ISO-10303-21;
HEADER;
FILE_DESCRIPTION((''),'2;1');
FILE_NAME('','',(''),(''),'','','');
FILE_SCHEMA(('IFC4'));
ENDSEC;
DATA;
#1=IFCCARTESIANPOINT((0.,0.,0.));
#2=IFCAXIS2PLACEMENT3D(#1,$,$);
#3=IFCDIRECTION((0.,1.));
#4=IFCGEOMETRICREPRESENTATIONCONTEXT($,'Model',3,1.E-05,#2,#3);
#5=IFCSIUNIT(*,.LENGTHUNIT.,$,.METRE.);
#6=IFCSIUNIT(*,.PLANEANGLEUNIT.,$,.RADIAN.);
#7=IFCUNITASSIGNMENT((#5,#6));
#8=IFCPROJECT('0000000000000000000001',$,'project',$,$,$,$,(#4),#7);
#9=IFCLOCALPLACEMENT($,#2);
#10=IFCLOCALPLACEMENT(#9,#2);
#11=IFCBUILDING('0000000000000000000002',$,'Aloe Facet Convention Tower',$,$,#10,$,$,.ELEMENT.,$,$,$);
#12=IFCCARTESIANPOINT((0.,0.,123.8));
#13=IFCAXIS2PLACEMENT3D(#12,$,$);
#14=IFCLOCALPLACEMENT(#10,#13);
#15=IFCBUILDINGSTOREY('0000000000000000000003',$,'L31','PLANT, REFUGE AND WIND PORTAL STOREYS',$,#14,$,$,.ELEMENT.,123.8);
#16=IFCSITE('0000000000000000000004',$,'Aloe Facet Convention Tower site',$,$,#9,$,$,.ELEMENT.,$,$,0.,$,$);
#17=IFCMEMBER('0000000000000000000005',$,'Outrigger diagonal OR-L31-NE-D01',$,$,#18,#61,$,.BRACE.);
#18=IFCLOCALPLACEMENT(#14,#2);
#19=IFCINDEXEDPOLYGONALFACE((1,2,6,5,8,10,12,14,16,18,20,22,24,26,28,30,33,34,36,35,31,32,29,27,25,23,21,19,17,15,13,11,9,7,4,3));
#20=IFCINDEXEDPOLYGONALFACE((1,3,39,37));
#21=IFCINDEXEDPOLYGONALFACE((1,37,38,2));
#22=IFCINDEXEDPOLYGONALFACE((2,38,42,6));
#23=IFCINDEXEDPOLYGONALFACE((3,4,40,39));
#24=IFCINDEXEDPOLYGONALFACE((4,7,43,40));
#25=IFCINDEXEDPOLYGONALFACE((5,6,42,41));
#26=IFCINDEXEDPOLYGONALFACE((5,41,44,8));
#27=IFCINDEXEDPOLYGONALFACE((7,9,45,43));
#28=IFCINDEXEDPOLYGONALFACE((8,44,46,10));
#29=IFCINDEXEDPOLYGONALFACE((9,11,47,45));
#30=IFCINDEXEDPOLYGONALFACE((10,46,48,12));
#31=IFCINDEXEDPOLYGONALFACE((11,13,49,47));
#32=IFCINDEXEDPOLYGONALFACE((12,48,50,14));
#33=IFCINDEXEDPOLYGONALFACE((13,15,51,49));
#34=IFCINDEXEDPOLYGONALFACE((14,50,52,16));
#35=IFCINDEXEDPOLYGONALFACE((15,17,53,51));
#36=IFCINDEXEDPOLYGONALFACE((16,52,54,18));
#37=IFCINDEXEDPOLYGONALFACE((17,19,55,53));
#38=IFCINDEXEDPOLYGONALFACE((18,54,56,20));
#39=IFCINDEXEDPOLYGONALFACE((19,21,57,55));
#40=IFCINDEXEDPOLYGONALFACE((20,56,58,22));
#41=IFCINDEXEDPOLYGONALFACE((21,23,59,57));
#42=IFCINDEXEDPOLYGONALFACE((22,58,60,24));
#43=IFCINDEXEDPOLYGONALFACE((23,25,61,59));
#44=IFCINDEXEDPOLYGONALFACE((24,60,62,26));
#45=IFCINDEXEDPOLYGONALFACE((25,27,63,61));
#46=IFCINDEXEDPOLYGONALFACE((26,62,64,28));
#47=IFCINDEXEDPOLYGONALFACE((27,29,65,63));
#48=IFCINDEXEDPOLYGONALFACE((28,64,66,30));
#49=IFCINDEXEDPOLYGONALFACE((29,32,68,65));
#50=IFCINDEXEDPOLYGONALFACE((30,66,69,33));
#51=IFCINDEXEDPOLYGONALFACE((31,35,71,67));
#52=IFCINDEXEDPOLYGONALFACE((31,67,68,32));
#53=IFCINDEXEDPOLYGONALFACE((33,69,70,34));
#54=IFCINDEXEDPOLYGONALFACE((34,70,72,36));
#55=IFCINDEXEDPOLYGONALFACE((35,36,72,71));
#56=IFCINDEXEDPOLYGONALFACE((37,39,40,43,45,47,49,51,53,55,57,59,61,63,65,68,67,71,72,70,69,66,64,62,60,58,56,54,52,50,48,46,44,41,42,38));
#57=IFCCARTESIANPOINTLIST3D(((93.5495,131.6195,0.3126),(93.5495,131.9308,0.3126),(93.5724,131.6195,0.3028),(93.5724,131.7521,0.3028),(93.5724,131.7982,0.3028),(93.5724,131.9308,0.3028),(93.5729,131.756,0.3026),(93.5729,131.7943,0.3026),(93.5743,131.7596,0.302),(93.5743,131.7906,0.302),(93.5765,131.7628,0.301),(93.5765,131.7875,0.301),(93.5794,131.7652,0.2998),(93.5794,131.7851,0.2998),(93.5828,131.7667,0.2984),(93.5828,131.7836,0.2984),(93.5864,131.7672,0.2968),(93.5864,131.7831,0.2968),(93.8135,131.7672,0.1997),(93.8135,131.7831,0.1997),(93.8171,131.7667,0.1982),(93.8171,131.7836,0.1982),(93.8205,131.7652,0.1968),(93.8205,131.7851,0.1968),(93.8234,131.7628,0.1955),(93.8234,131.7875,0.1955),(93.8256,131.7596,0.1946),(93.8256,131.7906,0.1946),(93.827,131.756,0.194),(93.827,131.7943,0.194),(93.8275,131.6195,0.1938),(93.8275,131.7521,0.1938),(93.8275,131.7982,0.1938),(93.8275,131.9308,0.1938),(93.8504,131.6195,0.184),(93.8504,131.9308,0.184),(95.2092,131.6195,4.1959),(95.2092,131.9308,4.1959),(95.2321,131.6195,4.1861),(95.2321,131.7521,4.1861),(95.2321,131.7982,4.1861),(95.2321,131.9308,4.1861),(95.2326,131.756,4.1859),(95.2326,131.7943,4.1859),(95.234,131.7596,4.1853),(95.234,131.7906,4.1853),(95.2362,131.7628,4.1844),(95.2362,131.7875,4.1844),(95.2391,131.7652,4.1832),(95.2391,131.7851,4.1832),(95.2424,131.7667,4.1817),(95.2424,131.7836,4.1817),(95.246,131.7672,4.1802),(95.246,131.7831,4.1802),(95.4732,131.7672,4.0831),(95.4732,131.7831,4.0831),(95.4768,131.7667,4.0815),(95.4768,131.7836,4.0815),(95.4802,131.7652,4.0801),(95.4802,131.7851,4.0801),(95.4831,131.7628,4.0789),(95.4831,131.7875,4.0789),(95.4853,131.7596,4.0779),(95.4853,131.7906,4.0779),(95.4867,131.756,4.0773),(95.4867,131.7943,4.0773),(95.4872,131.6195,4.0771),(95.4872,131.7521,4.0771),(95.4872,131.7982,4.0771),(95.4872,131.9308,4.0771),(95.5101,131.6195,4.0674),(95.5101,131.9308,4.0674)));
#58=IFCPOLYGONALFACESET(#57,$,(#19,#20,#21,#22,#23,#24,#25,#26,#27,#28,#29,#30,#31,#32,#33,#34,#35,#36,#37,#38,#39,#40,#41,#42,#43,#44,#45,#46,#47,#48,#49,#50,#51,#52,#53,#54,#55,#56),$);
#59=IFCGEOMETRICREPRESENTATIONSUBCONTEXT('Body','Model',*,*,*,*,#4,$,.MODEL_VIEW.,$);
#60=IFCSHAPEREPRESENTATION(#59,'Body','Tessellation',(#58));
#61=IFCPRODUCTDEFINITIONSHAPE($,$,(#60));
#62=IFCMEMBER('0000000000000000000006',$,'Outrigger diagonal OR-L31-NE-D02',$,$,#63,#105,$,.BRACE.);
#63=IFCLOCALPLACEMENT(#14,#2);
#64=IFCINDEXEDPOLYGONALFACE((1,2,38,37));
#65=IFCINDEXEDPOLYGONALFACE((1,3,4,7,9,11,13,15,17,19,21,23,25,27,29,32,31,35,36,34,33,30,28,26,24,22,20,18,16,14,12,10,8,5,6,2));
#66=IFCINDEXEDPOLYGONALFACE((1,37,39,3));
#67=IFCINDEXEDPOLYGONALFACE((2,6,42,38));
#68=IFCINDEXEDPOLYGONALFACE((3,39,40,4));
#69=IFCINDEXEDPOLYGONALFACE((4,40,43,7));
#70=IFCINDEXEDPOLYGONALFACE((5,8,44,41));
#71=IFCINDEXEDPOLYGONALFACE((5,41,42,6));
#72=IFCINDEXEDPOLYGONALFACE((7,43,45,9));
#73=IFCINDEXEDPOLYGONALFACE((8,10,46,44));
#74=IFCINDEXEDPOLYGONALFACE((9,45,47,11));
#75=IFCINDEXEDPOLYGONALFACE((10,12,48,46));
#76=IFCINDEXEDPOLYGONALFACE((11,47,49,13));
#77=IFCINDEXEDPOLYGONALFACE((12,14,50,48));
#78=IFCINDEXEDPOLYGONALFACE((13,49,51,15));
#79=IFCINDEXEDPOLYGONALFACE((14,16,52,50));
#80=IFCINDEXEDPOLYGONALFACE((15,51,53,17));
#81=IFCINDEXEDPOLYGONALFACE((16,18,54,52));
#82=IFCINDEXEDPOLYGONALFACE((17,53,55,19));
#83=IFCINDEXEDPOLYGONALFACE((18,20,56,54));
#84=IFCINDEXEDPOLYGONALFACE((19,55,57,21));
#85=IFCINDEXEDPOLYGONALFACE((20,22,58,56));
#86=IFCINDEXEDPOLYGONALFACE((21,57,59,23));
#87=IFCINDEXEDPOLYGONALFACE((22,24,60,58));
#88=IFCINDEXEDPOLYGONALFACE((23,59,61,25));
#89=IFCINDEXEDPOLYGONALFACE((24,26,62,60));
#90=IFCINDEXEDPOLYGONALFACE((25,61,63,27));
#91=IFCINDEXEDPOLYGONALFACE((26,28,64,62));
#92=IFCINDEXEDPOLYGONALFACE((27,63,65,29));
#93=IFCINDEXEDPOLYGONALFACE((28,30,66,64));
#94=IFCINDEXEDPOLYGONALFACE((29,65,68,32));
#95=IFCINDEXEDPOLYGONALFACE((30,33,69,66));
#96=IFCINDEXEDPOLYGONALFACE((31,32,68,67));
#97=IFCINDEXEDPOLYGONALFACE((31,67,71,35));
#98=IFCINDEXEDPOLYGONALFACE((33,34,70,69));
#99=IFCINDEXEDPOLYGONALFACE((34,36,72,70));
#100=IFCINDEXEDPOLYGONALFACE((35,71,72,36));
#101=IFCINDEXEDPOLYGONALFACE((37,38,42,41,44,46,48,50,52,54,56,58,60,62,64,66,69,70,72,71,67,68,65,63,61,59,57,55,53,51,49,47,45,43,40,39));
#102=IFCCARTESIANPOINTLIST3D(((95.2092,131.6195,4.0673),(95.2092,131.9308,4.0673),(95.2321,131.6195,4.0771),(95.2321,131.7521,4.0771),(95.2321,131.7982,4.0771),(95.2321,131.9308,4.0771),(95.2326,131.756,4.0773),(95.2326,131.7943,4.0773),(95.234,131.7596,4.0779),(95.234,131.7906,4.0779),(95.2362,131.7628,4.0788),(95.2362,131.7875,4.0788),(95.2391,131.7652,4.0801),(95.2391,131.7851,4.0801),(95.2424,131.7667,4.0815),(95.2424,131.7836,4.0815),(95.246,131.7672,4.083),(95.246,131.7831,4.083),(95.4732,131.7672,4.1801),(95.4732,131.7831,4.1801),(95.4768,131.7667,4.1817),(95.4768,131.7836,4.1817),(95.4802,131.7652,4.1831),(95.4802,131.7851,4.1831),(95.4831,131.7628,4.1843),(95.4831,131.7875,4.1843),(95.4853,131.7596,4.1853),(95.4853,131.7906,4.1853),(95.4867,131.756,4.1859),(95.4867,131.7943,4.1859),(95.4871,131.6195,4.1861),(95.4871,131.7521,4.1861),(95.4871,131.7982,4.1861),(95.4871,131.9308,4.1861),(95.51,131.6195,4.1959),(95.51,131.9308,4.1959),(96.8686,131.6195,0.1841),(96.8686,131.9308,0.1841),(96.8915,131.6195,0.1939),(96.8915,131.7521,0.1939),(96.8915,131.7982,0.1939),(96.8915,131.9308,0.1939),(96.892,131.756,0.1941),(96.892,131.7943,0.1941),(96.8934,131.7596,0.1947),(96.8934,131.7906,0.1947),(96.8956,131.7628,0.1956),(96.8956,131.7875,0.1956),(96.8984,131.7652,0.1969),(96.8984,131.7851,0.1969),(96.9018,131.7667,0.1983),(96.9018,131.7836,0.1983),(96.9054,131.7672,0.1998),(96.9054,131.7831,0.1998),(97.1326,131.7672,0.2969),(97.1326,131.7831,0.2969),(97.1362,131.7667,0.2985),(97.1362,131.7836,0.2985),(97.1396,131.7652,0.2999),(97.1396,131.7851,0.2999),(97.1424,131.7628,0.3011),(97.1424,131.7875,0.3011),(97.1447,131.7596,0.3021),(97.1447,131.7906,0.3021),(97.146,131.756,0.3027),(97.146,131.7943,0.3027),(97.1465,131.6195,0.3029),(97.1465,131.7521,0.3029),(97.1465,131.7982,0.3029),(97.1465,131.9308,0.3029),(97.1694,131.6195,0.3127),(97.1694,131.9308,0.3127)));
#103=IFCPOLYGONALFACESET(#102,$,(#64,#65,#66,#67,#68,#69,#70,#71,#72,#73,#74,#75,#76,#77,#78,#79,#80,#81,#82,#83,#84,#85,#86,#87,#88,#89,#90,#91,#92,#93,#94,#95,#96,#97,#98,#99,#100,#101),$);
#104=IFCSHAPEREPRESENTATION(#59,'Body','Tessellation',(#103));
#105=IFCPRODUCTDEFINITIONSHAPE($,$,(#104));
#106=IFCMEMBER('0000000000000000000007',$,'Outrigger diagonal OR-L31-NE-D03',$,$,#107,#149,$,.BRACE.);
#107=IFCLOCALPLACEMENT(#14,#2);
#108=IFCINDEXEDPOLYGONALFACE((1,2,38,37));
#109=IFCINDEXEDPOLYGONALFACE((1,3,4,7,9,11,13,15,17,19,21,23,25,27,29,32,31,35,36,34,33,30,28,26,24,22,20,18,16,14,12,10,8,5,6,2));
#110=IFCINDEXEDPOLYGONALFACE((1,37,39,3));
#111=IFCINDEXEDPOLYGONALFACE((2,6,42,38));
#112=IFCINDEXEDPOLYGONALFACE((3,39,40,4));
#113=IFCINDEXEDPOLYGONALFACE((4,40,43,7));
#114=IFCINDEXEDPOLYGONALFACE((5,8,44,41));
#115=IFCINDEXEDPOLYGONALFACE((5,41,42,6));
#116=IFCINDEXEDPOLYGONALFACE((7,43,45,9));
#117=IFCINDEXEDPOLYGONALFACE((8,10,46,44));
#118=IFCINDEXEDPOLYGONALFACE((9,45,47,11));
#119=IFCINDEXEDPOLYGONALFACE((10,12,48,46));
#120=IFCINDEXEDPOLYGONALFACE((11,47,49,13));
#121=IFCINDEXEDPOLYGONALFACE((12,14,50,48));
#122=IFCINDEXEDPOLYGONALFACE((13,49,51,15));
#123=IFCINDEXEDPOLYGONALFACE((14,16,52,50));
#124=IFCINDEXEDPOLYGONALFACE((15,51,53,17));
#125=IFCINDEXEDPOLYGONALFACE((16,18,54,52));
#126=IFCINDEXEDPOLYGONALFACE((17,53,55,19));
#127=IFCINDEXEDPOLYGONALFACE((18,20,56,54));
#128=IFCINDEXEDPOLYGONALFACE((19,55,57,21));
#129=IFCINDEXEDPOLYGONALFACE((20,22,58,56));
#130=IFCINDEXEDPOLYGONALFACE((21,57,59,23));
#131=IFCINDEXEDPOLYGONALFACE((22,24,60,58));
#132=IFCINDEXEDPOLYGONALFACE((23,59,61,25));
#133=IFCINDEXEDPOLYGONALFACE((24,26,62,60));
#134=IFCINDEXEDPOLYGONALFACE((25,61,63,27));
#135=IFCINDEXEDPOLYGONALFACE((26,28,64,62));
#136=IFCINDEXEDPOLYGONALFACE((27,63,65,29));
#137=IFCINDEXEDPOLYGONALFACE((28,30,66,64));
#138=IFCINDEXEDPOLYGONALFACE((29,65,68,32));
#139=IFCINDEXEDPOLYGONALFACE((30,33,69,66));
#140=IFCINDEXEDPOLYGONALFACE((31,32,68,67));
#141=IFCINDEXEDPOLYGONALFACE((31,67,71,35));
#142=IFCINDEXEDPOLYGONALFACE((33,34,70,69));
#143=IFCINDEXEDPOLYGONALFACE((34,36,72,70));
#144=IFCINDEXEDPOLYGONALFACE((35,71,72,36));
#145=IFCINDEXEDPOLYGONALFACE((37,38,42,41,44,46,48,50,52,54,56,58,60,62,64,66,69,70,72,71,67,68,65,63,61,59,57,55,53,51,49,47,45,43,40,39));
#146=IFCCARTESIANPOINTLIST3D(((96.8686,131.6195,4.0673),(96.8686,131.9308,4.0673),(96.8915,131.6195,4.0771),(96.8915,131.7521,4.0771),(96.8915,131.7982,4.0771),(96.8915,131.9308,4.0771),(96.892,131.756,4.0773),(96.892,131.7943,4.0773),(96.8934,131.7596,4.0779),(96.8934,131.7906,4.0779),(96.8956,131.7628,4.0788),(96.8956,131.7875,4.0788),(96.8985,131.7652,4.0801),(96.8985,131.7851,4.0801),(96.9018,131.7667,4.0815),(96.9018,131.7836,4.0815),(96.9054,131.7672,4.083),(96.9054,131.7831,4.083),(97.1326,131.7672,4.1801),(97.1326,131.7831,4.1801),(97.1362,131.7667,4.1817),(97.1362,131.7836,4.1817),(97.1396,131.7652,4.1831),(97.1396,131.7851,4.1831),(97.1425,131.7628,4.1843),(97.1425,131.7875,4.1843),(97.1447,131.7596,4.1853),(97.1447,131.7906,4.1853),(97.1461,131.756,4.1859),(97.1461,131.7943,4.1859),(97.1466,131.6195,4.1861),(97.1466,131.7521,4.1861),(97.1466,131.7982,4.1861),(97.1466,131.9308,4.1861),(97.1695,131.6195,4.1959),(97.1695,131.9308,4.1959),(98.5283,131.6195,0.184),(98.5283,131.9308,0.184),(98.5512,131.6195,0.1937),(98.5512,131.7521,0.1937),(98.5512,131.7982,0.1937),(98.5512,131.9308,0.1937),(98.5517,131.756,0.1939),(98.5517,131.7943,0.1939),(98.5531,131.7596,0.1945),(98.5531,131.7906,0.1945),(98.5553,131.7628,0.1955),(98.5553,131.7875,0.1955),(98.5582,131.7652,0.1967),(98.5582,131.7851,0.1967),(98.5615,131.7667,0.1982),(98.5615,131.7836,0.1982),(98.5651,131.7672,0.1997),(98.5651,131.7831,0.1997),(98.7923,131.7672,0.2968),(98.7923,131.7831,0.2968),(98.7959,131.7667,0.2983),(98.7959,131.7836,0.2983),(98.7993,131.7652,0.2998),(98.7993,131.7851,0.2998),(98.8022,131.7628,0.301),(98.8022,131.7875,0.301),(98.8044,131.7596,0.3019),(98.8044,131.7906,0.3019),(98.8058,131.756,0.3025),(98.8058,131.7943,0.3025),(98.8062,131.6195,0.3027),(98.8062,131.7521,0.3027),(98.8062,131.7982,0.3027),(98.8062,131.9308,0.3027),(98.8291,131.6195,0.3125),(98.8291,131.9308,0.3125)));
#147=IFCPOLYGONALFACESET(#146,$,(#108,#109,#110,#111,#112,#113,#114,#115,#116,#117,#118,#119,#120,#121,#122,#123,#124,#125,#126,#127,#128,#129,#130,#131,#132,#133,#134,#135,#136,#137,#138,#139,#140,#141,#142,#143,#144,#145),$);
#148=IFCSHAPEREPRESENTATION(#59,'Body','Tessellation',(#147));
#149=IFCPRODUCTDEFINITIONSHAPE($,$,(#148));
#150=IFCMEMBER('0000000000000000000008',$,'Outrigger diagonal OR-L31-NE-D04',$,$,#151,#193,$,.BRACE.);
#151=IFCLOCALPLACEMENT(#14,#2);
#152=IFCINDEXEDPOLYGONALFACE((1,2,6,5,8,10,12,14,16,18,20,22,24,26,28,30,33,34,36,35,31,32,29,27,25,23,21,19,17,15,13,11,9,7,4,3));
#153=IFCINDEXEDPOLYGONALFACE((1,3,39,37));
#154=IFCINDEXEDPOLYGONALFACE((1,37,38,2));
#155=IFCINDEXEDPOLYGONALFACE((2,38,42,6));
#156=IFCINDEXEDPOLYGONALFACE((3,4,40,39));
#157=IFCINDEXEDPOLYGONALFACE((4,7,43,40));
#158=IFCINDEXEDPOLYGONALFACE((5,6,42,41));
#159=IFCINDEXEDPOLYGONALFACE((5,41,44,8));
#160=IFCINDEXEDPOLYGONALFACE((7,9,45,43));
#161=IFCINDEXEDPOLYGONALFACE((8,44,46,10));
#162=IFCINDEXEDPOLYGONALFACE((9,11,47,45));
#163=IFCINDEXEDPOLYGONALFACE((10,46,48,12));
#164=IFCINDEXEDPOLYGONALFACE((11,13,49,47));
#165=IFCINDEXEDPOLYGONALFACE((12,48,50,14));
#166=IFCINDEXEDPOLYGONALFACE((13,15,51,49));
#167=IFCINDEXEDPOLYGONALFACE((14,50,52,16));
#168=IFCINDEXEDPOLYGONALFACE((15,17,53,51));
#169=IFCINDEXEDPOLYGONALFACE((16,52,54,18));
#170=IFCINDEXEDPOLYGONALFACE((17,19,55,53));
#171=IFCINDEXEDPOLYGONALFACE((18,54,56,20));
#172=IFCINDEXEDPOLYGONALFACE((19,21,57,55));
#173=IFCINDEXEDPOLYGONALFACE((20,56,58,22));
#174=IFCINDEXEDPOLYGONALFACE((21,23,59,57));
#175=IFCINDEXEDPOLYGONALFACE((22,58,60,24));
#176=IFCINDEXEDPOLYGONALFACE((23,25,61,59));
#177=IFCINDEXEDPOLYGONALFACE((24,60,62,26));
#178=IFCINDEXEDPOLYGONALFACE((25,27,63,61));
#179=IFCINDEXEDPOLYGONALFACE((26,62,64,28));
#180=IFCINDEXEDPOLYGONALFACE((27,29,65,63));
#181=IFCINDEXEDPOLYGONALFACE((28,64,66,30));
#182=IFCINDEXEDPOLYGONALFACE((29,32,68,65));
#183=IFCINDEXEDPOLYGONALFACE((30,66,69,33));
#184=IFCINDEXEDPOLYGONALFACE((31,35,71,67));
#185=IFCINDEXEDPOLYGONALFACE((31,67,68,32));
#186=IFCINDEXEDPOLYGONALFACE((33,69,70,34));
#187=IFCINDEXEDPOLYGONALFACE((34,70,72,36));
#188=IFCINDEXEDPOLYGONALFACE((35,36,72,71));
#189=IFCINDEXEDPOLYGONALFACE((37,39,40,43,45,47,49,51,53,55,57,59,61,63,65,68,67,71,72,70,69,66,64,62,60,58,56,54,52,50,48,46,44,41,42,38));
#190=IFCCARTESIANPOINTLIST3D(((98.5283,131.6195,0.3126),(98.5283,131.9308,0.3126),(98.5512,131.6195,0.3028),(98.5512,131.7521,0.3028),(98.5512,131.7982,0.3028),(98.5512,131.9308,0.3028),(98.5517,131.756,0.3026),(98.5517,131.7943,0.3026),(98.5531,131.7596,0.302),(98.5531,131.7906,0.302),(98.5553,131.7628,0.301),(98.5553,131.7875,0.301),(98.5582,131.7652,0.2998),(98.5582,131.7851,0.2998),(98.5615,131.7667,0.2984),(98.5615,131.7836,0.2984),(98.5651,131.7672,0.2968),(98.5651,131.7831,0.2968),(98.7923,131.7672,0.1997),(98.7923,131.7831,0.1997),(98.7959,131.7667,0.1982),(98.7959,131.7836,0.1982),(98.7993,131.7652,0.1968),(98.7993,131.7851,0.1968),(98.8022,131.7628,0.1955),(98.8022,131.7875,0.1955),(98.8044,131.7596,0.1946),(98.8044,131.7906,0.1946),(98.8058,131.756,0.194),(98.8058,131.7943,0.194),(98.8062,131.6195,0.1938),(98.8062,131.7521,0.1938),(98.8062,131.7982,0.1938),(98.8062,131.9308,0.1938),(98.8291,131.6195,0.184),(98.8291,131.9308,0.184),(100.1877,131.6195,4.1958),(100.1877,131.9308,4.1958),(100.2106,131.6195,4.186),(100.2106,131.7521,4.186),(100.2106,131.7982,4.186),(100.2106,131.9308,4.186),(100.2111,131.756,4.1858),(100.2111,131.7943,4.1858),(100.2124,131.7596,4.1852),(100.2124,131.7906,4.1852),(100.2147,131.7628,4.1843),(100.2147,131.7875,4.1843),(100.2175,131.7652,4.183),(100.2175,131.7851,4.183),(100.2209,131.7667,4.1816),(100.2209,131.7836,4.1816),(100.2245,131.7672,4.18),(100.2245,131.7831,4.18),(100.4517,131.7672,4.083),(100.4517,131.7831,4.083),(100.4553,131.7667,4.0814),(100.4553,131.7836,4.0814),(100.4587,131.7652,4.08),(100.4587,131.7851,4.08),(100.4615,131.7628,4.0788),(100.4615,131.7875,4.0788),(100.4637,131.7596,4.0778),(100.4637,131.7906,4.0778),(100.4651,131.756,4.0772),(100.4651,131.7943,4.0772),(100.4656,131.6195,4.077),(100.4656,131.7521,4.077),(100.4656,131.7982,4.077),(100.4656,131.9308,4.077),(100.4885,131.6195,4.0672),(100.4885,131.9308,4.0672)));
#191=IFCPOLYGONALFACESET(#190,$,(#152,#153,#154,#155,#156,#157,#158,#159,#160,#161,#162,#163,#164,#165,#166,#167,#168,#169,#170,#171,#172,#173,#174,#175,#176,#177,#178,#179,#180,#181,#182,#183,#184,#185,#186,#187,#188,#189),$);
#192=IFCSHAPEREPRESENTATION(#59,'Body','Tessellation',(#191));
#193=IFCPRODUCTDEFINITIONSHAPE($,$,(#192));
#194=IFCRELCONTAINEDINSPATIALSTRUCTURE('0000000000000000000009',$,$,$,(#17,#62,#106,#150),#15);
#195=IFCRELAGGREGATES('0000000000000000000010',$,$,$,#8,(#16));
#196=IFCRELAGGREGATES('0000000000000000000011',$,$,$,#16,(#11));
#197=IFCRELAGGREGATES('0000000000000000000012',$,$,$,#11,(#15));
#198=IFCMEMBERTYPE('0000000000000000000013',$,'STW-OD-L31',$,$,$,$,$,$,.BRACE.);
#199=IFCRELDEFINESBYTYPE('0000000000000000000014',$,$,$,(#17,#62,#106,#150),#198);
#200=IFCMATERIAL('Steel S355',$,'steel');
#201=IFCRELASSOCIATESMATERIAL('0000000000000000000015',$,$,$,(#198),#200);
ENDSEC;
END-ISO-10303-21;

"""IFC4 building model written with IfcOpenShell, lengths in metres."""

from ifc_helpers import new_model, si_unit, direction, frame, origin, origin_2d, place, context, subcontext, project, spatial, i_section, extrude, material, material_profile, profile_set, type_object, element, save


model = new_model("IFC4")

# Units and contexts
model_context = context("Model", 3, precision=1e-05, world=origin(), true_north=direction((0.0, 1.0)))
body_context = subcontext(model_context, "Body", "Model", "MODEL_VIEW")
ifc_project = project(units=[si_unit("LENGTHUNIT", "METRE"), si_unit("PLANEANGLEUNIT", "RADIAN")], contexts=[model_context])

# Site, building, storey
site_placement = place(None, origin())
site = spatial("IfcSite", under=ifc_project, at=site_placement, Name="Aloe Facet Convention Tower site", CompositionType="ELEMENT", RefElevation=0.0)
building_placement = place(site_placement, origin())
building = spatial("IfcBuilding", under=site, at=building_placement, Name="Aloe Facet Convention Tower", CompositionType="ELEMENT")
storey_placement = place(building_placement, frame((0.0, 0.0, 123.8)))
storey = spatial("IfcBuildingStorey", under=building, at=storey_placement, Name="L31", Description="PLANT, REFUGE AND WIND PORTAL STOREYS", CompositionType="ELEMENT", Elevation=123.8)

# Members
ifc_material_1 = material(Name="Steel S355", Category="steel")
ifc_material_profile_1 = material_profile(ifc_material_1, i_section(OverallWidth=0.3113, OverallDepth=0.3271, WebThickness=0.0159, FlangeThickness=0.0249, FilletRadius=0.0151, at=origin_2d()), Name="UC 305x305x158")
ifc_profile_set_1 = profile_set([ifc_material_profile_1], Name="Steel S355")
member_type_1 = type_object("IfcMemberType", Name="STW-OD-L31", PredefinedType="BRACE", material=ifc_profile_set_1)
member_1_placement = place(storey_placement, frame((93.7, 131.7751, 0.2483), z_axis=(0.392998, 0.0, 0.919539), x_axis=(0.0, 1.0, 0.0)))
element("IfcMember", 1, at=member_1_placement, inside=storey, type_object=member_type_1, Name="Outrigger diagonal OR-L31-NE-D01", PredefinedType="BRACE", context=body_context, shape_type="SweptSolid", body=[
    extrude(i_section(OverallWidth=0.3113, OverallDepth=0.3271, WebThickness=0.0159, FlangeThickness=0.0249, FilletRadius=0.0151, at=origin_2d()), origin(), (0.0, 0.0, 1.0), 4.2231),
])
member_2_placement = place(storey_placement, frame((95.3596, 131.7751, 4.1316), z_axis=(0.392949, 0.0, -0.91956), x_axis=(0.0, 1.0, 0.0)))
element("IfcMember", 2, at=member_2_placement, inside=storey, type_object=member_type_1, Name="Outrigger diagonal OR-L31-NE-D02", PredefinedType="BRACE", context=body_context, shape_type="SweptSolid", body=[
    extrude(i_section(OverallWidth=0.3113, OverallDepth=0.3271, WebThickness=0.0159, FlangeThickness=0.0249, FilletRadius=0.0151, at=origin_2d()), origin(), (0.0, 0.0, 1.0), 4.2229),
])
member_3_placement = place(storey_placement, frame((97.019, 131.7751, 4.1316), z_axis=(0.392998, 0.0, -0.919539), x_axis=(0.0, 1.0, 0.0)))
element("IfcMember", 3, at=member_3_placement, inside=storey, type_object=member_type_1, Name="Outrigger diagonal OR-L31-NE-D03", PredefinedType="BRACE", context=body_context, shape_type="SweptSolid", body=[
    extrude(i_section(OverallWidth=0.3113, OverallDepth=0.3271, WebThickness=0.0159, FlangeThickness=0.0249, FilletRadius=0.0151, at=origin_2d()), origin(), (0.0, 0.0, 1.0), 4.2231),
])
member_4_placement = place(storey_placement, frame((98.6787, 131.7751, 0.2483), z_axis=(0.392949, 0.0, 0.91956), x_axis=(0.0, 1.0, 0.0)))
element("IfcMember", 4, at=member_4_placement, inside=storey, type_object=member_type_1, Name="Outrigger diagonal OR-L31-NE-D04", PredefinedType="BRACE", context=body_context, shape_type="SweptSolid", body=[
    extrude(i_section(OverallWidth=0.3113, OverallDepth=0.3271, WebThickness=0.0159, FlangeThickness=0.0249, FilletRadius=0.0151, at=origin_2d()), origin(), (0.0, 0.0, 1.0), 4.2229),
])

save(model, "model.ifc")
